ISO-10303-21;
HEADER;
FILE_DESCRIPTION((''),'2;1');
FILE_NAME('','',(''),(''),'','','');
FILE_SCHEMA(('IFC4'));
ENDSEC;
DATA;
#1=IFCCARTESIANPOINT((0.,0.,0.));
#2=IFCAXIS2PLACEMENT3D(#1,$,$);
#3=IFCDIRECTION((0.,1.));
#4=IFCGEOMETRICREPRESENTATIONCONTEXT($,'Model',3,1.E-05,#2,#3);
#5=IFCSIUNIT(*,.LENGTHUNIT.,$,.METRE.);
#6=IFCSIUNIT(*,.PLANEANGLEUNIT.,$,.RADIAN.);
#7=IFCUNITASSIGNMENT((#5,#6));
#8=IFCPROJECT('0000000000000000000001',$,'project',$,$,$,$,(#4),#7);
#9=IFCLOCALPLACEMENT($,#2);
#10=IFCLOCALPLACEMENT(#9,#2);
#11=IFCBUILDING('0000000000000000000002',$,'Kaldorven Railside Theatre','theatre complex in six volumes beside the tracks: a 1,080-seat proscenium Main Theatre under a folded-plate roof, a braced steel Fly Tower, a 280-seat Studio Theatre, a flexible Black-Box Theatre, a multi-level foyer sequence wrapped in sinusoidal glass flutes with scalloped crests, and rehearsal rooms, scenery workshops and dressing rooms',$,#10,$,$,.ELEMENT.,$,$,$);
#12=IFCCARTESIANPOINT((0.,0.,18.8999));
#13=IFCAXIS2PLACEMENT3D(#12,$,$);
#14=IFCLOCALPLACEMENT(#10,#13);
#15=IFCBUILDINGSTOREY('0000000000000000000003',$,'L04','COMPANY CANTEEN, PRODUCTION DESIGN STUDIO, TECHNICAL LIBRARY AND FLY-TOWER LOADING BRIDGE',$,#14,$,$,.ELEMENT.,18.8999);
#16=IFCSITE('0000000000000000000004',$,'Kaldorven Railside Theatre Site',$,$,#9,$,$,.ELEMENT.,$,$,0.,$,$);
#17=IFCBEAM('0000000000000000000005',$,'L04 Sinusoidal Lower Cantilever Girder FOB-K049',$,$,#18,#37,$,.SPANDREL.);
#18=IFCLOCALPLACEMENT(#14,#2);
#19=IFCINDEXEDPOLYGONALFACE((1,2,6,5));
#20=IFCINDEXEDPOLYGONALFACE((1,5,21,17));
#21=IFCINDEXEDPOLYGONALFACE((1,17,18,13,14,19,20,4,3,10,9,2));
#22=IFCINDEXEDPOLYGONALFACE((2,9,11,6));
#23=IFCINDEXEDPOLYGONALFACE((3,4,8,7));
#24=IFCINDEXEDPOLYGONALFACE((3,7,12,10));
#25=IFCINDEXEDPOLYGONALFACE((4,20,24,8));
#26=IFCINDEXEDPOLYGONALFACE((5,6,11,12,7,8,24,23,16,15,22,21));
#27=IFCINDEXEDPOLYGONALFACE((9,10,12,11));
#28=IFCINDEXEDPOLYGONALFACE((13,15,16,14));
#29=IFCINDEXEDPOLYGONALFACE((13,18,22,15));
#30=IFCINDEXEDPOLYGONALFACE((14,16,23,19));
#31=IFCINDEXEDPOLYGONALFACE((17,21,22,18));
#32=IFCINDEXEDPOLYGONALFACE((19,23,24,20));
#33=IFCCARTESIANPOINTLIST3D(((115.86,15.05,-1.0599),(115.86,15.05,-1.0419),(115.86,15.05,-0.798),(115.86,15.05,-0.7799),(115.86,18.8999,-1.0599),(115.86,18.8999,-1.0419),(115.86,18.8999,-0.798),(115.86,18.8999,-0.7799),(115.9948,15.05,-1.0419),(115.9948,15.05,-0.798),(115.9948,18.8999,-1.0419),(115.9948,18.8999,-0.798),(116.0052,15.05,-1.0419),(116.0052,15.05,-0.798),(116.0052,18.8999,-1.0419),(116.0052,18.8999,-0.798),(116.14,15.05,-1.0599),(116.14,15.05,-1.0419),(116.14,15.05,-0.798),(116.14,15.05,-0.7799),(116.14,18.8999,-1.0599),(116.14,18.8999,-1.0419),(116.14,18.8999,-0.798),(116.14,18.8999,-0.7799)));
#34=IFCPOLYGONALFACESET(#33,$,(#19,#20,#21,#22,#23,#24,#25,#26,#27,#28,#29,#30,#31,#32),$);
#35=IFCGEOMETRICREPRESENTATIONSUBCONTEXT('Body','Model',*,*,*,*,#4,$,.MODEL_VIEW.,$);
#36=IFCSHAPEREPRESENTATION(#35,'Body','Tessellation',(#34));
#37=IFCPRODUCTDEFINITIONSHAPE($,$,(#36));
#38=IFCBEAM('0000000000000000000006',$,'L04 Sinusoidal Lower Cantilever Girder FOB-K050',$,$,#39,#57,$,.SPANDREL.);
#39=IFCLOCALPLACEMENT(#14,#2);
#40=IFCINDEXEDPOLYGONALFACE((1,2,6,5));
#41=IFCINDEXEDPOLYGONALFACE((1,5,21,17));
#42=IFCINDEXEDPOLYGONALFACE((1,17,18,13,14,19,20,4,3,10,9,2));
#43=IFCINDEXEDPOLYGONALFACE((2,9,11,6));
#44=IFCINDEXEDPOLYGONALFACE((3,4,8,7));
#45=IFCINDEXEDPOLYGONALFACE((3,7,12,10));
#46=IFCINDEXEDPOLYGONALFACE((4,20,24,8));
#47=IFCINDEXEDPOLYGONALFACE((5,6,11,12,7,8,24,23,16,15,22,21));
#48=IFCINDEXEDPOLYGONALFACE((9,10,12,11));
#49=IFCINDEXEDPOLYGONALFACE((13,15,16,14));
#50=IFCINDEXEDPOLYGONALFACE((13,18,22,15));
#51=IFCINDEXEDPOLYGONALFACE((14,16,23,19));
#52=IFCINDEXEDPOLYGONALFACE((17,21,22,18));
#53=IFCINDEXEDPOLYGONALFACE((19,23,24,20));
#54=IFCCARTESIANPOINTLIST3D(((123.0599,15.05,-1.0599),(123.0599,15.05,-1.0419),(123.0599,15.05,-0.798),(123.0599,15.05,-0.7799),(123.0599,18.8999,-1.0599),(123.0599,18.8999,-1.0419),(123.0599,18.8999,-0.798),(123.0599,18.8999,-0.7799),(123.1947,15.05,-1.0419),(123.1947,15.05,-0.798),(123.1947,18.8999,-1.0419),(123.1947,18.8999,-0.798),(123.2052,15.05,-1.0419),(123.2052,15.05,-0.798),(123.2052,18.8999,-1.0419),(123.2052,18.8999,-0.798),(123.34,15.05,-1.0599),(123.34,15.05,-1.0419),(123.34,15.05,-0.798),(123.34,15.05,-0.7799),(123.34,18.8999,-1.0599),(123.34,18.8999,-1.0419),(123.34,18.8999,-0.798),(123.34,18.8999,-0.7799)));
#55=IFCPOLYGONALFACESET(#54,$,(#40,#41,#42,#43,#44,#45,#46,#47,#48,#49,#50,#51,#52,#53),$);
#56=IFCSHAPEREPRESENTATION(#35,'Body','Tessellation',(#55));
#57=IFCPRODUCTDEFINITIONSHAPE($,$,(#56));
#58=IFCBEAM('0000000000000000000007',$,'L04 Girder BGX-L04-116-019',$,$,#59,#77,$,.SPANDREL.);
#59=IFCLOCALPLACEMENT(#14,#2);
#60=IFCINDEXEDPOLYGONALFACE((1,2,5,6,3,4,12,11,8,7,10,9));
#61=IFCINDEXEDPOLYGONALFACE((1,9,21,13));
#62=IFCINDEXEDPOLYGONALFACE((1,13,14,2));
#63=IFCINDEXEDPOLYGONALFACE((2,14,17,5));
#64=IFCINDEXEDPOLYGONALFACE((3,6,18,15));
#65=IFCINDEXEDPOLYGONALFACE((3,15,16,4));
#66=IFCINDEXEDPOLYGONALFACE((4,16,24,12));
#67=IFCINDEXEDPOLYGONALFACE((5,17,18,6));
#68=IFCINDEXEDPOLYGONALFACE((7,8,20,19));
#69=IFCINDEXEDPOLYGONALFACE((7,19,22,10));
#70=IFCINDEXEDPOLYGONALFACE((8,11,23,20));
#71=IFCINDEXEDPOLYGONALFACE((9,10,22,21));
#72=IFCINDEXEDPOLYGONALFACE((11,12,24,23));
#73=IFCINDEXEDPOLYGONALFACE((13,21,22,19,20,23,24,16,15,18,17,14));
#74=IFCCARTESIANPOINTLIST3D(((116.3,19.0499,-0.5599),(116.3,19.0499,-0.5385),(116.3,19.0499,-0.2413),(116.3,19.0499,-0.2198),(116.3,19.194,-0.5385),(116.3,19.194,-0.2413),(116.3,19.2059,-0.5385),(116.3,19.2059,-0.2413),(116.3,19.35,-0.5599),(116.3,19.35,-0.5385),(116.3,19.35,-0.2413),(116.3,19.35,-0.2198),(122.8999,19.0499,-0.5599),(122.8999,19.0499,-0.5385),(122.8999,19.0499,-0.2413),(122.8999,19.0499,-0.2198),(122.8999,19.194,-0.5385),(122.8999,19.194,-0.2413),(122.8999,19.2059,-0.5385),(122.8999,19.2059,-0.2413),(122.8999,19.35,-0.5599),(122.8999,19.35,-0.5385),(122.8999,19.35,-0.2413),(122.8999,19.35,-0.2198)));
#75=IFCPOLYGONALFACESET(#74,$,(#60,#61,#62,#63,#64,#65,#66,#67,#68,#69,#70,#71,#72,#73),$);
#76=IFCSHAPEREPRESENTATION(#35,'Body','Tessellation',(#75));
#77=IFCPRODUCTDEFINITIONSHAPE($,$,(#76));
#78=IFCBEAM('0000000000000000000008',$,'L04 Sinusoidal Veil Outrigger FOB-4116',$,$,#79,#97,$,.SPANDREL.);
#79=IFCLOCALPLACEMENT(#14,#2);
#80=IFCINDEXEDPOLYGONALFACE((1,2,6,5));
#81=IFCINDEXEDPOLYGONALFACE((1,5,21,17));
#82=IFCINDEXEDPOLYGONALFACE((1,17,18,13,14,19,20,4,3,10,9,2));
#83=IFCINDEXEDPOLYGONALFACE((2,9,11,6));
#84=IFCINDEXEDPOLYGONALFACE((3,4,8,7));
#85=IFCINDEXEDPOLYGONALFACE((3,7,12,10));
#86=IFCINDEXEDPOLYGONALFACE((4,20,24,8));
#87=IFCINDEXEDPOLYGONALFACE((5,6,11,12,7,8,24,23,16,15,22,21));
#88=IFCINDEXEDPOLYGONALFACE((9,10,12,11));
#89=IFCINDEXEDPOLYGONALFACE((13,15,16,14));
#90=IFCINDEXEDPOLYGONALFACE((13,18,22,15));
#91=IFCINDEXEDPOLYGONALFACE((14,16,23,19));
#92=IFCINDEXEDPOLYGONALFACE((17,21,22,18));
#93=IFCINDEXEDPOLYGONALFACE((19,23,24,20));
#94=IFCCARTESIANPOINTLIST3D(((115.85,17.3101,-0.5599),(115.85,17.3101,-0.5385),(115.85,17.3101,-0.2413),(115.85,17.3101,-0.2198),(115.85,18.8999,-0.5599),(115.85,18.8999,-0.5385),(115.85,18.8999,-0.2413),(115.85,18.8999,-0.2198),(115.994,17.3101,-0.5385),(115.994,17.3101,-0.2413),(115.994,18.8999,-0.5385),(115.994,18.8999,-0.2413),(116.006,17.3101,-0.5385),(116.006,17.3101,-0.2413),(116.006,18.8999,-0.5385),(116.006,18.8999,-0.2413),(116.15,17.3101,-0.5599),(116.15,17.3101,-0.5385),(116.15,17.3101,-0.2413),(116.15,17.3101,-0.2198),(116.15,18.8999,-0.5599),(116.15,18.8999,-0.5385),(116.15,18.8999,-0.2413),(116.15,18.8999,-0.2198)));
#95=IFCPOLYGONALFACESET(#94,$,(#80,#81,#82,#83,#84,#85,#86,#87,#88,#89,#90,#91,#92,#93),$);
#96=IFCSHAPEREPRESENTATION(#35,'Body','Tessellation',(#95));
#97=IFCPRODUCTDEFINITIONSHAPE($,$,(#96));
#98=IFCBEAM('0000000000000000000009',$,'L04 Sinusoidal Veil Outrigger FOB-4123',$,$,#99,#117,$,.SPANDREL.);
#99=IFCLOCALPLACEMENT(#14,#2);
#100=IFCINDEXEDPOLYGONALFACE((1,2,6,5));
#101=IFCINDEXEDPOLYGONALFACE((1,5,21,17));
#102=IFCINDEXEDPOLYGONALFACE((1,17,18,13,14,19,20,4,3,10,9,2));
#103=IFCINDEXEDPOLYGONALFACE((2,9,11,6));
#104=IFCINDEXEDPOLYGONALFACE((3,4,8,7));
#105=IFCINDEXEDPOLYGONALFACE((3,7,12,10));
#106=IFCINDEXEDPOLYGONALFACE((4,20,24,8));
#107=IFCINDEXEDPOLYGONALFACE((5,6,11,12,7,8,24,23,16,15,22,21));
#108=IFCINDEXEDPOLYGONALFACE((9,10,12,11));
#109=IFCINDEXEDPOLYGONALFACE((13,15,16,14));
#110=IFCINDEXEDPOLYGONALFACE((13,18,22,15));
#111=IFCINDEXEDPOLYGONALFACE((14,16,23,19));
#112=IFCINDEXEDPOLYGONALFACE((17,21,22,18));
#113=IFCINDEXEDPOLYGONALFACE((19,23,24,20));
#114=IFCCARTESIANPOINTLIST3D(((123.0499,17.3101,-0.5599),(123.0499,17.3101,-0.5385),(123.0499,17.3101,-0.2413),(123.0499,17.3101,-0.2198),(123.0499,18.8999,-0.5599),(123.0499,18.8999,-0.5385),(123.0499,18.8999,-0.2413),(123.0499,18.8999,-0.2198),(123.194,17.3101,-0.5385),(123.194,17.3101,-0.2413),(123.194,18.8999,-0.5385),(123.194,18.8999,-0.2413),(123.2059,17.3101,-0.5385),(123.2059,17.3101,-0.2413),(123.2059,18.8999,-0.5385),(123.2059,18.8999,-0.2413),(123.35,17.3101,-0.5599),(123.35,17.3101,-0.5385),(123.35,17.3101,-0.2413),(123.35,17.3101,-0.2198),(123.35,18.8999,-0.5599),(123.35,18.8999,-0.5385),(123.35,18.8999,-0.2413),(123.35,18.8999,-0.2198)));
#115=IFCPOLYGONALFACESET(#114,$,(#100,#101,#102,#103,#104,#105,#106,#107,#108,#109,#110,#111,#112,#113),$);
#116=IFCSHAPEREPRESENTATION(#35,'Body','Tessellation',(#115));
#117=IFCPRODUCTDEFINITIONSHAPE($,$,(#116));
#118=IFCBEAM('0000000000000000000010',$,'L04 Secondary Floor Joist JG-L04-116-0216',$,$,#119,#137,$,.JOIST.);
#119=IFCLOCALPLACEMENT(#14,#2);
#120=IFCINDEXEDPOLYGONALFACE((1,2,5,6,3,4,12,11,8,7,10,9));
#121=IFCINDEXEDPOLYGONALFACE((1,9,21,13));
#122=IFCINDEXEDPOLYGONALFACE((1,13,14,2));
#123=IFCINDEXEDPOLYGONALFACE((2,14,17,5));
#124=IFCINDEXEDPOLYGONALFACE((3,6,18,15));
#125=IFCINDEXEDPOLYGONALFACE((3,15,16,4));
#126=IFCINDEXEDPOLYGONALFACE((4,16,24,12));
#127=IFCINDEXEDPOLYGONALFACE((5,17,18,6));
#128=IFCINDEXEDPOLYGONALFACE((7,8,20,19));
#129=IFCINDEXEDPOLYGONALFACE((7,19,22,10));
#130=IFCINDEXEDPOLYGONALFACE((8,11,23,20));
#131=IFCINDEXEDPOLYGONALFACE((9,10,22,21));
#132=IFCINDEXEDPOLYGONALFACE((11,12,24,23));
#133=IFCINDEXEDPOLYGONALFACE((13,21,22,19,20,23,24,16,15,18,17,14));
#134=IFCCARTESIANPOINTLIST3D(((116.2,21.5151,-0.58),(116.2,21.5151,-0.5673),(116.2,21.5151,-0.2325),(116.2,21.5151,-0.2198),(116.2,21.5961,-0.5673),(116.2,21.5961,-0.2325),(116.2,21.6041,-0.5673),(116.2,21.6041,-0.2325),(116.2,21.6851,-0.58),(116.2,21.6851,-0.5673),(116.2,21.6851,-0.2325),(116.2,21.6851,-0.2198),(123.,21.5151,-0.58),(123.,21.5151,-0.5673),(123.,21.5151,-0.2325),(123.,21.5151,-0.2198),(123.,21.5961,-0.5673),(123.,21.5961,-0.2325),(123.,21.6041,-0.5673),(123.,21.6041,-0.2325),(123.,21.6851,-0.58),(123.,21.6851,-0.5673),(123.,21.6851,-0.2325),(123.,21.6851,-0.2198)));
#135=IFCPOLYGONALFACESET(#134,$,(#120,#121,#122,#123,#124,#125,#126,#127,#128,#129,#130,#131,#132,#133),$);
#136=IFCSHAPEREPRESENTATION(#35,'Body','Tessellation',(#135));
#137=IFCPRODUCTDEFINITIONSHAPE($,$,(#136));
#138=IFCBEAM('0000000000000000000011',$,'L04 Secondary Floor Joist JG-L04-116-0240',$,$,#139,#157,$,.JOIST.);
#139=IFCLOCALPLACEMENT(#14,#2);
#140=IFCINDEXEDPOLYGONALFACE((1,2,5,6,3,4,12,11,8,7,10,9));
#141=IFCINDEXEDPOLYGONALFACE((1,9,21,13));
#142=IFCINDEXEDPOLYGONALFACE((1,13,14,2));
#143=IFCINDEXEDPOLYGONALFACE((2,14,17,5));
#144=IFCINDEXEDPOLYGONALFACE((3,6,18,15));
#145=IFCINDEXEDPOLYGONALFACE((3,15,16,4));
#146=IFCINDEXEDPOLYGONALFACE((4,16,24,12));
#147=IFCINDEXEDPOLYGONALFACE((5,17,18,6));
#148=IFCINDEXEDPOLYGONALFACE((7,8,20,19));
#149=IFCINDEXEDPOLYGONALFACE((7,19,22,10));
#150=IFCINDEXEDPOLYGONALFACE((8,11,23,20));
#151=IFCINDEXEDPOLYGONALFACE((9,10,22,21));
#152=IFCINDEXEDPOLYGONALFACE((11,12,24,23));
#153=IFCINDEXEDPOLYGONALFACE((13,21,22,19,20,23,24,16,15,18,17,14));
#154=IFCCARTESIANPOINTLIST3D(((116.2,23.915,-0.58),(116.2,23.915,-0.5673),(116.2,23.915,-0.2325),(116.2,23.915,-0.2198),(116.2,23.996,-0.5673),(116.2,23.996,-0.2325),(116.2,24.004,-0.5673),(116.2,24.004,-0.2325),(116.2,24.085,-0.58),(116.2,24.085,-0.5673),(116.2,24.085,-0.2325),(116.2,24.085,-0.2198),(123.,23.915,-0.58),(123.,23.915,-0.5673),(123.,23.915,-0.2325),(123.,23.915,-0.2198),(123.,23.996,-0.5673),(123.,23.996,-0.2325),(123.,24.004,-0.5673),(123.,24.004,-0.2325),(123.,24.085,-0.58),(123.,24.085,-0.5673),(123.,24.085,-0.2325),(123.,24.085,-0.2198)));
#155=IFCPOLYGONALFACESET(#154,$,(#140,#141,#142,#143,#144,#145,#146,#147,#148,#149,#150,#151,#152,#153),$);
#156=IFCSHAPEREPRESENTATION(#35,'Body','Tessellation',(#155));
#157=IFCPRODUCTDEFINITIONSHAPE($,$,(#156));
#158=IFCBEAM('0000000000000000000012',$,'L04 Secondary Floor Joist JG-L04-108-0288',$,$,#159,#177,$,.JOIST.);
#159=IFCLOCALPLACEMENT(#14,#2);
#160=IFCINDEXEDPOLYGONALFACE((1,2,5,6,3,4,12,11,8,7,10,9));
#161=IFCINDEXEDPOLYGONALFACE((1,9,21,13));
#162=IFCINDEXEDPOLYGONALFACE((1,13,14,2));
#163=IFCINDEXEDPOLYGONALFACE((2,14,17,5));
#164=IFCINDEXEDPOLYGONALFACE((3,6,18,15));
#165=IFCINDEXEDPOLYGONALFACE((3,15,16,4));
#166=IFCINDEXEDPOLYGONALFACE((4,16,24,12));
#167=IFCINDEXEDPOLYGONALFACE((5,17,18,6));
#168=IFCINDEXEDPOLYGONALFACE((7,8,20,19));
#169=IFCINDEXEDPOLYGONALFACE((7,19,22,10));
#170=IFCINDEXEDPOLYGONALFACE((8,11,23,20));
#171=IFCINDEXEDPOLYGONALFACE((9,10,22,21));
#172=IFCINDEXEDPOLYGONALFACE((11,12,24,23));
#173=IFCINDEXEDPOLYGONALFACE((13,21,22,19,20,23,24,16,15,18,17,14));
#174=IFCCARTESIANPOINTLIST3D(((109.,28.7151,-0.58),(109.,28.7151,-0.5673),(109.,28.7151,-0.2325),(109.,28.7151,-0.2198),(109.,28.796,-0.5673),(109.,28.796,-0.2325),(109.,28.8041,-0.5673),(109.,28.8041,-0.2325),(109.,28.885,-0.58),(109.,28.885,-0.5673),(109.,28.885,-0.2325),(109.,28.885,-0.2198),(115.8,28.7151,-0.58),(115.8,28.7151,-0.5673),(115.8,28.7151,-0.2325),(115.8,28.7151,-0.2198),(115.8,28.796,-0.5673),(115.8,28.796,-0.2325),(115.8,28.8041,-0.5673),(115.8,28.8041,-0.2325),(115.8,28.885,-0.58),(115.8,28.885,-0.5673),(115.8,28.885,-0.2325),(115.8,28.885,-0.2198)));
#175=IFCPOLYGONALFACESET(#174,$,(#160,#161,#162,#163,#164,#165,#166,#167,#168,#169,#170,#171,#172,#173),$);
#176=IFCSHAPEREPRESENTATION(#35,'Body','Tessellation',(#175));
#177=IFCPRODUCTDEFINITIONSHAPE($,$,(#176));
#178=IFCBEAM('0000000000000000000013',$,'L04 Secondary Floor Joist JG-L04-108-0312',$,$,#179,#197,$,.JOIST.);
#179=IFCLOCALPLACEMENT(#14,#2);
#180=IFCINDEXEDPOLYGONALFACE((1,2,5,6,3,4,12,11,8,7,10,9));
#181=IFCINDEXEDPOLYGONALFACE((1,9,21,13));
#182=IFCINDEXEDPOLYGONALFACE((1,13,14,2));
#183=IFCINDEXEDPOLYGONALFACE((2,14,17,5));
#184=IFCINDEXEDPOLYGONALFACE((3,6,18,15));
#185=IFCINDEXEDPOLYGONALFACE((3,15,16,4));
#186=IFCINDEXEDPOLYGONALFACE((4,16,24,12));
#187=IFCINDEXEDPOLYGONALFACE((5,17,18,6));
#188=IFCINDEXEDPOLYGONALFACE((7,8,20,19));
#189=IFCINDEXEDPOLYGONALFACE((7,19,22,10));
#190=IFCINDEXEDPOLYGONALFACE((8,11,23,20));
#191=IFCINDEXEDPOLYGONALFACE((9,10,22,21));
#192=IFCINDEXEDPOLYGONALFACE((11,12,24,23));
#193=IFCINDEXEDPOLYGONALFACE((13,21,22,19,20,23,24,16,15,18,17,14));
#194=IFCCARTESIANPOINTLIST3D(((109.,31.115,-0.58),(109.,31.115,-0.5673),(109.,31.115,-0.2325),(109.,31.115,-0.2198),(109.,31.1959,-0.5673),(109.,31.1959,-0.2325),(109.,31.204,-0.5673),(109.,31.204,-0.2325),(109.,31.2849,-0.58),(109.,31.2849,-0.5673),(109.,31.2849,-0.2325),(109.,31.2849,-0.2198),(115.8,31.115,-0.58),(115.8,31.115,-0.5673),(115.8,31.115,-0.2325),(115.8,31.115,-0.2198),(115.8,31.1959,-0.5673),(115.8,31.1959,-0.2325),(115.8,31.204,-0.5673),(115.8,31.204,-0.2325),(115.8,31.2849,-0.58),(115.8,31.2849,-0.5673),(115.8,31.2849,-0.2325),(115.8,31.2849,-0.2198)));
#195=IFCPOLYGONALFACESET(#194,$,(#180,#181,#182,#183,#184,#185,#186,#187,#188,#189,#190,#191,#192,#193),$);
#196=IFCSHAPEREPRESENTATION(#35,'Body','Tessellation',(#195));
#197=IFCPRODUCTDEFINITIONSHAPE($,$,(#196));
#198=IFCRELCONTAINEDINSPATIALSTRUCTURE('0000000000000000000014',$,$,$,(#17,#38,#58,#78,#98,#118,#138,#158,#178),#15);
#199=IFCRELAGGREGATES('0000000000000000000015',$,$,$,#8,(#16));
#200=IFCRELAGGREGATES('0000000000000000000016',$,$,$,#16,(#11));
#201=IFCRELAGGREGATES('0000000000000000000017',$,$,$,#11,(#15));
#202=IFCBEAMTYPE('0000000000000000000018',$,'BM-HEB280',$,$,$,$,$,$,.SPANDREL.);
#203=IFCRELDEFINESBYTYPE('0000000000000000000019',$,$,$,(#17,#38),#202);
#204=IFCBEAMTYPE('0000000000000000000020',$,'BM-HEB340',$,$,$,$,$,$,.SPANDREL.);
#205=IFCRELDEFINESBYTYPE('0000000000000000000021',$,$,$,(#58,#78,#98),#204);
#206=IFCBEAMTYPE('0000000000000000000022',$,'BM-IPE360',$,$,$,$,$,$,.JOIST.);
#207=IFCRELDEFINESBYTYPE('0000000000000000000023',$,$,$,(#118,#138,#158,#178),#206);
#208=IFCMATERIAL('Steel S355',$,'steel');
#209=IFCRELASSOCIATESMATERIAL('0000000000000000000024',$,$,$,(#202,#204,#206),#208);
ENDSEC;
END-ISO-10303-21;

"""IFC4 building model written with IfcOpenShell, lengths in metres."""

from ifc_helpers import new_model, si_unit, direction, frame, origin, origin_2d, place, context, subcontext, project, spatial, i_section, extrude, material, material_profile, profile_set, type_object, element, save


model = new_model("IFC4")

# Units and contexts
model_context = context("Model", 3, precision=1e-05, world=origin(), true_north=direction((0.0, 1.0)))
body_context = subcontext(model_context, "Body", "Model", "MODEL_VIEW")
ifc_project = project(units=[si_unit("LENGTHUNIT", "METRE"), si_unit("PLANEANGLEUNIT", "RADIAN")], contexts=[model_context])

# Site, building, storey
site_placement = place(None, origin())
site = spatial("IfcSite", under=ifc_project, at=site_placement, Name="Kaldorven Railside Theatre Site", CompositionType="ELEMENT", RefElevation=0.0)
building_placement = place(site_placement, origin())
building = spatial("IfcBuilding", under=site, at=building_placement, Name="Kaldorven Railside Theatre", Description="theatre complex in six volumes beside the tracks: a 1,080-seat proscenium Main Theatre under a folded-plate roof, a braced steel Fly Tower, a 280-seat Studio Theatre, a flexible Black-Box Theatre, a multi-level foyer sequence wrapped in sinusoidal glass flutes with scalloped crests, and rehearsal rooms, scenery workshops and dressing rooms", CompositionType="ELEMENT")
storey_placement = place(building_placement, frame((0.0, 0.0, 18.8999)))
storey = spatial("IfcBuildingStorey", under=building, at=storey_placement, Name="L04", Description="COMPANY CANTEEN, PRODUCTION DESIGN STUDIO, TECHNICAL LIBRARY AND FLY-TOWER LOADING BRIDGE", CompositionType="ELEMENT", Elevation=18.8999)

# Beams
ifc_material_1 = material(Name="Steel S355", Category="steel")
ifc_material_profile_1 = material_profile(ifc_material_1, i_section(OverallWidth=0.28, OverallDepth=0.28, WebThickness=0.0105, FlangeThickness=0.0181, at=origin_2d()), Name="HEB 280")
ifc_profile_set_1 = profile_set([ifc_material_profile_1], Name="Steel S355")
beam_type_1 = type_object("IfcBeamType", Name="BM-HEB280", PredefinedType="SPANDREL", material=ifc_profile_set_1)
for number, where, z_axis, x_axis, name in (
    (1, (116.0, 15.05, -0.9199), (0.0, 1.0, 0.0), (-1.0, 0.0, 0.0), "L04 Sinusoidal Lower Cantilever Girder FOB-K049"),
    (2, (123.2, 15.05, -0.9199), (0.0, 1.0, 0.0), (-1.0, 0.0, 0.0), "L04 Sinusoidal Lower Cantilever Girder FOB-K050"),
):
    element("IfcBeam", number, at=place(storey_placement, frame(where, z_axis=z_axis, x_axis=x_axis)), inside=storey, type_object=beam_type_1, Name=name, PredefinedType="SPANDREL", context=body_context, shape_type="SweptSolid", body=[
        extrude(i_section(OverallWidth=0.28, OverallDepth=0.28, WebThickness=0.0105, FlangeThickness=0.0181, at=origin_2d()), origin(), (0.0, 0.0, 1.0), 3.8499),
    ])
ifc_material_profile_2 = material_profile(ifc_material_1, i_section(OverallWidth=0.3, OverallDepth=0.3401, WebThickness=0.012, FlangeThickness=0.0215, at=origin_2d()), Name="HEB 340")
ifc_profile_set_2 = profile_set([ifc_material_profile_2], Name="Steel S355")
beam_type_2 = type_object("IfcBeamType", Name="BM-HEB340", PredefinedType="SPANDREL", material=ifc_profile_set_2)
beam_placement = place(storey_placement, frame((116.3, 19.2, -0.3899), z_axis=(1.0, 0.0, 0.0), x_axis=(0.0, 1.0, 0.0)))
element("IfcBeam", 3, at=beam_placement, inside=storey, type_object=beam_type_2, Name="L04 Girder BGX-L04-116-019", PredefinedType="SPANDREL", context=body_context, shape_type="SweptSolid", body=[
    extrude(i_section(OverallWidth=0.3, OverallDepth=0.3401, WebThickness=0.012, FlangeThickness=0.0215, at=origin_2d()), origin(), (0.0, 0.0, 1.0), 6.5999),
])
for number, where, z_axis, x_axis, name in (
    (4, (116.0, 17.3101, -0.3899), (0.0, 1.0, 0.0), (-1.0, 0.0, 0.0), "L04 Sinusoidal Veil Outrigger FOB-4116"),
    (5, (123.2, 17.3101, -0.3899), (0.0, 1.0, 0.0), (-1.0, 0.0, 0.0), "L04 Sinusoidal Veil Outrigger FOB-4123"),
):
    element("IfcBeam", number, at=place(storey_placement, frame(where, z_axis=z_axis, x_axis=x_axis)), inside=storey, type_object=beam_type_2, Name=name, PredefinedType="SPANDREL", context=body_context, shape_type="SweptSolid", body=[
        extrude(i_section(OverallWidth=0.3, OverallDepth=0.3401, WebThickness=0.012, FlangeThickness=0.0215, at=origin_2d()), origin(), (0.0, 0.0, 1.0), 1.5898),
    ])
ifc_material_profile_3 = material_profile(ifc_material_1, i_section(OverallWidth=0.1699, OverallDepth=0.3601, WebThickness=0.0081, FlangeThickness=0.0127, at=origin_2d()), Name="IPE 360")
ifc_profile_set_3 = profile_set([ifc_material_profile_3], Name="Steel S355")
beam_type_3 = type_object("IfcBeamType", Name="BM-IPE360", PredefinedType="JOIST", material=ifc_profile_set_3)
for number, where, z_axis, x_axis, name in (
    (6, (116.2, 21.6001, -0.3999), (1.0, 0.0, 0.0), (0.0, 1.0, 0.0), "L04 Secondary Floor Joist JG-L04-116-0216"),
    (7, (116.2, 24.0, -0.3999), (1.0, 0.0, 0.0), (0.0, 1.0, 0.0), "L04 Secondary Floor Joist JG-L04-116-0240"),
    (8, (109.0, 28.8, -0.3999), (1.0, 0.0, 0.0), (0.0, 1.0, 0.0), "L04 Secondary Floor Joist JG-L04-108-0288"),
    (9, (109.0, 31.2, -0.3999), (1.0, 0.0, 0.0), (0.0, 1.0, 0.0), "L04 Secondary Floor Joist JG-L04-108-0312"),
):
    element("IfcBeam", number, at=place(storey_placement, frame(where, z_axis=z_axis, x_axis=x_axis)), inside=storey, type_object=beam_type_3, Name=name, PredefinedType="JOIST", context=body_context, shape_type="SweptSolid", body=[
        extrude(i_section(OverallWidth=0.1699, OverallDepth=0.3601, WebThickness=0.0081, FlangeThickness=0.0127, at=origin_2d()), origin(), (0.0, 0.0, 1.0), 6.8),
    ])

save(model, "model.ifc")
